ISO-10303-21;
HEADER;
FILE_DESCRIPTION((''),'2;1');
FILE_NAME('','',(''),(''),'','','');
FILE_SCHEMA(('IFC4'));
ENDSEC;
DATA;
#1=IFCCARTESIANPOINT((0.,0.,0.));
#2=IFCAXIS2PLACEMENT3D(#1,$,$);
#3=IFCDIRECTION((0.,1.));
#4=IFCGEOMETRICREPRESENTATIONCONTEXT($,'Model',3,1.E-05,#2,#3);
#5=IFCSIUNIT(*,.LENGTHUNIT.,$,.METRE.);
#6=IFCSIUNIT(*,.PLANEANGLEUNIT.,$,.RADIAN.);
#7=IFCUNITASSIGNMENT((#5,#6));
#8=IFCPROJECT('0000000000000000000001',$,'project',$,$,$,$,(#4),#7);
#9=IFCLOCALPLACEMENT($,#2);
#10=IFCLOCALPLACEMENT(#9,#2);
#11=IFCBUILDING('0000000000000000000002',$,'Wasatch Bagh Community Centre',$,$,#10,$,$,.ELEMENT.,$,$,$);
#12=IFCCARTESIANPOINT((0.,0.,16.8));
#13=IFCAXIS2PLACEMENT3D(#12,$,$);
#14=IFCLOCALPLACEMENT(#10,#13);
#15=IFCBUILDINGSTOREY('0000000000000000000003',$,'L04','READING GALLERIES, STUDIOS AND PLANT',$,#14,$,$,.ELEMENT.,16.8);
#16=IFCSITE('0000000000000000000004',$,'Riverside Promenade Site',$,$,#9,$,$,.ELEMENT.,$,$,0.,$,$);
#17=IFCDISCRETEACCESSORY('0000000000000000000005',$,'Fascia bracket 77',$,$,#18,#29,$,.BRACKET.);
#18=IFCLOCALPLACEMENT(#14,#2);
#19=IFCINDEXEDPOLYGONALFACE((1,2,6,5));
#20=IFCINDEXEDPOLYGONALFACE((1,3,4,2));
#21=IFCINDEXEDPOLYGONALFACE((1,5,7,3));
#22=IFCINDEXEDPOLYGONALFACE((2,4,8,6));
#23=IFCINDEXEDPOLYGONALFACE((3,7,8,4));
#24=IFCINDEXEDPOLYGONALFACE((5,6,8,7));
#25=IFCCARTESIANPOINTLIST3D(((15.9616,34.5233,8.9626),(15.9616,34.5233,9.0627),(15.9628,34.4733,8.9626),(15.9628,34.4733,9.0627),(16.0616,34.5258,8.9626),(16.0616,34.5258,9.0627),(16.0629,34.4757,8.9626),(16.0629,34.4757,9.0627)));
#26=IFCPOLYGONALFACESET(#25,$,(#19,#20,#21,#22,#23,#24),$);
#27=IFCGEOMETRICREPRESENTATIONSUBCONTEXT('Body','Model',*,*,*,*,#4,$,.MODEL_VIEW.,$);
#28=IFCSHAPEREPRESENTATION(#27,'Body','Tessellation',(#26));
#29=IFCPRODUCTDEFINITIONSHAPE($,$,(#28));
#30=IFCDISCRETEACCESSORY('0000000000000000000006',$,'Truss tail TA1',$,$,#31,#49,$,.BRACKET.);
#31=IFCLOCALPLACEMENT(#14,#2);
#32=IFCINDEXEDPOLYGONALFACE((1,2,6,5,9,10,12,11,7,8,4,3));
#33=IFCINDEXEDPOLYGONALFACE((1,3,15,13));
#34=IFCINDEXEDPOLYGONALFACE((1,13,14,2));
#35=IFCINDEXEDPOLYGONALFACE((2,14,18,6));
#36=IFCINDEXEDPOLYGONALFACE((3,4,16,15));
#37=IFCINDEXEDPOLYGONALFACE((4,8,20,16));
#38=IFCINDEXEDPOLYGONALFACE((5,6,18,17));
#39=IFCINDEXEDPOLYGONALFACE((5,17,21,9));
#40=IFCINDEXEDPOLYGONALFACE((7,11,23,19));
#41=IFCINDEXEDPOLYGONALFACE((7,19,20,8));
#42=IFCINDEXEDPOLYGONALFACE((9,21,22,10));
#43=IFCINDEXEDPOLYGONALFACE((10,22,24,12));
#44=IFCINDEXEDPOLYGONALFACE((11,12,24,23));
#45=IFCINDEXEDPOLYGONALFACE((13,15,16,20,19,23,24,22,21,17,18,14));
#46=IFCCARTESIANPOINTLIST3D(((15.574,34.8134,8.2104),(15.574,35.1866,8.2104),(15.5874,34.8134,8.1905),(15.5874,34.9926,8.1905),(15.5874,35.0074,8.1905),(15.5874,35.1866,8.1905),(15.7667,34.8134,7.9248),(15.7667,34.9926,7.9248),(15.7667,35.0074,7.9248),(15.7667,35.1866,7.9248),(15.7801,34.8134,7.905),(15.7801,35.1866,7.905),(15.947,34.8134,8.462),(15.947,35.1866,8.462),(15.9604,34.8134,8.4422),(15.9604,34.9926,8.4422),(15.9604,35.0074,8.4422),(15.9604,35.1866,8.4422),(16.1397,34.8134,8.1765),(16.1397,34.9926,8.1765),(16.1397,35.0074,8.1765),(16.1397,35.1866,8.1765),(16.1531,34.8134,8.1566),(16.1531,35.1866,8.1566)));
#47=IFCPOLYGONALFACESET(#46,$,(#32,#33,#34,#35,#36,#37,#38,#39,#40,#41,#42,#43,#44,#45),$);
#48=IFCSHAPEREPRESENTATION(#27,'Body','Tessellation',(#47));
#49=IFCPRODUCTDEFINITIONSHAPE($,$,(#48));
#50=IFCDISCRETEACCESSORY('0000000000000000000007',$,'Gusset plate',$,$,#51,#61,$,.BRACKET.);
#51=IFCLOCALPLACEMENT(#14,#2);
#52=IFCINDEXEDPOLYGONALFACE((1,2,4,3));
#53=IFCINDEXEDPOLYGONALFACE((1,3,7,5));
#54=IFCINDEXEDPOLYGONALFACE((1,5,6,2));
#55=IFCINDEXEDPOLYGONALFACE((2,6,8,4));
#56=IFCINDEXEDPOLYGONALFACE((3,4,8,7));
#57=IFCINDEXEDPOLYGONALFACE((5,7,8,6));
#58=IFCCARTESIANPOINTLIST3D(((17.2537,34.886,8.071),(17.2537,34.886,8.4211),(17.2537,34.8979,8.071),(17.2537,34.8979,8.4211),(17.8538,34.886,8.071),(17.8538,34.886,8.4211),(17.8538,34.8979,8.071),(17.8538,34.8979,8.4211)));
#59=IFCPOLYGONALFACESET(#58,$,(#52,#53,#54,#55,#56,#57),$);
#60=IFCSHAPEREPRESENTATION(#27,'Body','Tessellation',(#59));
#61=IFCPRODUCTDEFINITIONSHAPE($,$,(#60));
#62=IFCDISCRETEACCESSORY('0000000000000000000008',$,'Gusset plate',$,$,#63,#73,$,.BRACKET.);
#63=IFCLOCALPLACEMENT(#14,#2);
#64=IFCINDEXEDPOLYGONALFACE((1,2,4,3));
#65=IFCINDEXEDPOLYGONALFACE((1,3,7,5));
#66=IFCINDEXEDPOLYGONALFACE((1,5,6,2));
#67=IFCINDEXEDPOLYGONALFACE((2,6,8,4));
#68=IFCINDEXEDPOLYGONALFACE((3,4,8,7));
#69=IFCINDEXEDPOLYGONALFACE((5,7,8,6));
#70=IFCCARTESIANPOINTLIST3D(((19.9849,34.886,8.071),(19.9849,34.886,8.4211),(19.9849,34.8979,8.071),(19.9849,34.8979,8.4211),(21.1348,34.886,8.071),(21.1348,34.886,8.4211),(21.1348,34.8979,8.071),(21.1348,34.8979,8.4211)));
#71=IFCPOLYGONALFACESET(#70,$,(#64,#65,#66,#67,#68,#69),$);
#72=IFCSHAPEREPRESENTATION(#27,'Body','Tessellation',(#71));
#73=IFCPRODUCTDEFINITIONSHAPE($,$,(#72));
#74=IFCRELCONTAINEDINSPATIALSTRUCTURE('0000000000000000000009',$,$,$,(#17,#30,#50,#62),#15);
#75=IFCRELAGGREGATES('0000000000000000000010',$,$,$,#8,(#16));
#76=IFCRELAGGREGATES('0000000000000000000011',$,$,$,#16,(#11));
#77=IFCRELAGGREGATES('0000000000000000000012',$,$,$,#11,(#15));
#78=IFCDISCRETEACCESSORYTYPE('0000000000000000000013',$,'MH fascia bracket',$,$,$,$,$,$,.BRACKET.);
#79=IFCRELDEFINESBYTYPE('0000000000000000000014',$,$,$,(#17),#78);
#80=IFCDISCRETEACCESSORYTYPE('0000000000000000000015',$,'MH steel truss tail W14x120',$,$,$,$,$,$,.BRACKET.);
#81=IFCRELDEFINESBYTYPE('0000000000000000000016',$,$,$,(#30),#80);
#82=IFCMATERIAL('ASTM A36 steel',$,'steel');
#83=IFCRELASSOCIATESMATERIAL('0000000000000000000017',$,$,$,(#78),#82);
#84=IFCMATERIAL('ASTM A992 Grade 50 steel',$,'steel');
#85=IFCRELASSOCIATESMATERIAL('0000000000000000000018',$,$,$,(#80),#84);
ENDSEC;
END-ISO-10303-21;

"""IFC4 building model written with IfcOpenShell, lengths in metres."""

from ifc_helpers import new_model, si_unit, direction, frame, origin, origin_2d, place, context, subcontext, project, spatial, polyline, rectangle, i_section, outline, extrude, material, material_profile, profile_set, type_object, element, save


model = new_model("IFC4")

# Units and contexts
model_context = context("Model", 3, precision=1e-05, world=origin(), true_north=direction((0.0, 1.0)))
body_context = subcontext(model_context, "Body", "Model", "MODEL_VIEW")
ifc_project = project(units=[si_unit("LENGTHUNIT", "METRE"), si_unit("PLANEANGLEUNIT", "RADIAN")], contexts=[model_context])

# Site, building, storey
site_placement = place(None, origin())
site = spatial("IfcSite", under=ifc_project, at=site_placement, Name="Riverside Promenade Site", CompositionType="ELEMENT", RefElevation=0.0)
building_placement = place(site_placement, origin())
building = spatial("IfcBuilding", under=site, at=building_placement, Name="Wasatch Bagh Community Centre", CompositionType="ELEMENT")
storey_placement = place(building_placement, frame((0.0, 0.0, 16.8)))
storey = spatial("IfcBuildingStorey", under=building, at=storey_placement, Name="L04", Description="READING GALLERIES, STUDIOS AND PLANT", CompositionType="ELEMENT", Elevation=16.8)

# Shared definitions
ifc_material_1 = material(Name="ASTM A992 Grade 50 steel", Category="steel")

# Discrete accessories
ifc_material_2 = material(Name="ASTM A36 steel", Category="steel")
discrete_accessory_type_1 = type_object("IfcDiscreteAccessoryType", Name="MH fascia bracket", PredefinedType="BRACKET", material=ifc_material_2)
for number, where, z_axis, x_axis, name in (
    (1, (16.0122, 34.4995, 8.9626), (0.0, 0.0, 1.0), (-0.999699, -0.024541, 0.0), "Fascia bracket 77"),
):
    element("IfcDiscreteAccessory", number, at=place(storey_placement, frame(where, z_axis=z_axis, x_axis=x_axis)), inside=storey, type_object=discrete_accessory_type_1, Name=name, PredefinedType="BRACKET", context=body_context, shape_type="SweptSolid", body=[
        extrude(rectangle(XDim=0.1001, YDim=0.05, at=origin_2d()), origin(), (0.0, 0.0, 1.0), 0.1001),
    ])
ifc_material_profile_1 = material_profile(ifc_material_1, i_section(OverallWidth=0.3733, OverallDepth=0.3684, WebThickness=0.0149, FlangeThickness=0.0239, at=origin_2d()), Name="W14x120")
ifc_profile_set_1 = profile_set([ifc_material_profile_1], Name="ASTM A992 Grade 50 steel")
discrete_accessory_type_2 = type_object("IfcDiscreteAccessoryType", Name="MH steel truss tail W14x120", PredefinedType="BRACKET", material=ifc_profile_set_1)
discrete_accessory_1_placement = place(storey_placement, frame((16.05, 35.0, 8.3093), z_axis=(-0.828949, 0.0, -0.559324), x_axis=(0.0, -1.0, 0.0)))
element("IfcDiscreteAccessory", 2, at=discrete_accessory_1_placement, inside=storey, type_object=discrete_accessory_type_2, Name="Truss tail TA1", PredefinedType="BRACKET", context=body_context, shape_type="SweptSolid", body=[
    extrude(i_section(OverallWidth=0.3733, OverallDepth=0.3684, WebThickness=0.0149, FlangeThickness=0.0239, at=origin_2d()), origin(), (0.0, 0.0, 1.0), 0.45),
])
discrete_accessory_2_placement = place(storey_placement, frame((17.2537, 34.886, 8.071), z_axis=(0.0, -1.0, 0.0), x_axis=(1.0, 0.0, 0.0)))
element("IfcDiscreteAccessory", 3, at=discrete_accessory_2_placement, inside=storey, Name="Gusset plate", PredefinedType="BRACKET", context=body_context, shape_type="SweptSolid", body=[
    extrude(outline(polyline([(0.0, 0.0), (0.6001, 0.0), (0.6001, 0.3501), (0.0, 0.3501), (0.0, 0.0)])), origin(), (0.0, 0.0, -1.0), 0.012),
])
discrete_accessory_3_placement = place(storey_placement, frame((19.9849, 34.886, 8.071), z_axis=(0.0, -1.0, 0.0), x_axis=(1.0, 0.0, 0.0)))
element("IfcDiscreteAccessory", 4, at=discrete_accessory_3_placement, inside=storey, Name="Gusset plate", PredefinedType="BRACKET", context=body_context, shape_type="SweptSolid", body=[
    extrude(outline(polyline([(0.0, 0.0), (1.1499, 0.0), (1.1499, 0.3501), (0.0, 0.3501), (0.0, 0.0)])), origin(), (0.0, 0.0, -1.0), 0.012),
])

save(model, "model.ifc")
